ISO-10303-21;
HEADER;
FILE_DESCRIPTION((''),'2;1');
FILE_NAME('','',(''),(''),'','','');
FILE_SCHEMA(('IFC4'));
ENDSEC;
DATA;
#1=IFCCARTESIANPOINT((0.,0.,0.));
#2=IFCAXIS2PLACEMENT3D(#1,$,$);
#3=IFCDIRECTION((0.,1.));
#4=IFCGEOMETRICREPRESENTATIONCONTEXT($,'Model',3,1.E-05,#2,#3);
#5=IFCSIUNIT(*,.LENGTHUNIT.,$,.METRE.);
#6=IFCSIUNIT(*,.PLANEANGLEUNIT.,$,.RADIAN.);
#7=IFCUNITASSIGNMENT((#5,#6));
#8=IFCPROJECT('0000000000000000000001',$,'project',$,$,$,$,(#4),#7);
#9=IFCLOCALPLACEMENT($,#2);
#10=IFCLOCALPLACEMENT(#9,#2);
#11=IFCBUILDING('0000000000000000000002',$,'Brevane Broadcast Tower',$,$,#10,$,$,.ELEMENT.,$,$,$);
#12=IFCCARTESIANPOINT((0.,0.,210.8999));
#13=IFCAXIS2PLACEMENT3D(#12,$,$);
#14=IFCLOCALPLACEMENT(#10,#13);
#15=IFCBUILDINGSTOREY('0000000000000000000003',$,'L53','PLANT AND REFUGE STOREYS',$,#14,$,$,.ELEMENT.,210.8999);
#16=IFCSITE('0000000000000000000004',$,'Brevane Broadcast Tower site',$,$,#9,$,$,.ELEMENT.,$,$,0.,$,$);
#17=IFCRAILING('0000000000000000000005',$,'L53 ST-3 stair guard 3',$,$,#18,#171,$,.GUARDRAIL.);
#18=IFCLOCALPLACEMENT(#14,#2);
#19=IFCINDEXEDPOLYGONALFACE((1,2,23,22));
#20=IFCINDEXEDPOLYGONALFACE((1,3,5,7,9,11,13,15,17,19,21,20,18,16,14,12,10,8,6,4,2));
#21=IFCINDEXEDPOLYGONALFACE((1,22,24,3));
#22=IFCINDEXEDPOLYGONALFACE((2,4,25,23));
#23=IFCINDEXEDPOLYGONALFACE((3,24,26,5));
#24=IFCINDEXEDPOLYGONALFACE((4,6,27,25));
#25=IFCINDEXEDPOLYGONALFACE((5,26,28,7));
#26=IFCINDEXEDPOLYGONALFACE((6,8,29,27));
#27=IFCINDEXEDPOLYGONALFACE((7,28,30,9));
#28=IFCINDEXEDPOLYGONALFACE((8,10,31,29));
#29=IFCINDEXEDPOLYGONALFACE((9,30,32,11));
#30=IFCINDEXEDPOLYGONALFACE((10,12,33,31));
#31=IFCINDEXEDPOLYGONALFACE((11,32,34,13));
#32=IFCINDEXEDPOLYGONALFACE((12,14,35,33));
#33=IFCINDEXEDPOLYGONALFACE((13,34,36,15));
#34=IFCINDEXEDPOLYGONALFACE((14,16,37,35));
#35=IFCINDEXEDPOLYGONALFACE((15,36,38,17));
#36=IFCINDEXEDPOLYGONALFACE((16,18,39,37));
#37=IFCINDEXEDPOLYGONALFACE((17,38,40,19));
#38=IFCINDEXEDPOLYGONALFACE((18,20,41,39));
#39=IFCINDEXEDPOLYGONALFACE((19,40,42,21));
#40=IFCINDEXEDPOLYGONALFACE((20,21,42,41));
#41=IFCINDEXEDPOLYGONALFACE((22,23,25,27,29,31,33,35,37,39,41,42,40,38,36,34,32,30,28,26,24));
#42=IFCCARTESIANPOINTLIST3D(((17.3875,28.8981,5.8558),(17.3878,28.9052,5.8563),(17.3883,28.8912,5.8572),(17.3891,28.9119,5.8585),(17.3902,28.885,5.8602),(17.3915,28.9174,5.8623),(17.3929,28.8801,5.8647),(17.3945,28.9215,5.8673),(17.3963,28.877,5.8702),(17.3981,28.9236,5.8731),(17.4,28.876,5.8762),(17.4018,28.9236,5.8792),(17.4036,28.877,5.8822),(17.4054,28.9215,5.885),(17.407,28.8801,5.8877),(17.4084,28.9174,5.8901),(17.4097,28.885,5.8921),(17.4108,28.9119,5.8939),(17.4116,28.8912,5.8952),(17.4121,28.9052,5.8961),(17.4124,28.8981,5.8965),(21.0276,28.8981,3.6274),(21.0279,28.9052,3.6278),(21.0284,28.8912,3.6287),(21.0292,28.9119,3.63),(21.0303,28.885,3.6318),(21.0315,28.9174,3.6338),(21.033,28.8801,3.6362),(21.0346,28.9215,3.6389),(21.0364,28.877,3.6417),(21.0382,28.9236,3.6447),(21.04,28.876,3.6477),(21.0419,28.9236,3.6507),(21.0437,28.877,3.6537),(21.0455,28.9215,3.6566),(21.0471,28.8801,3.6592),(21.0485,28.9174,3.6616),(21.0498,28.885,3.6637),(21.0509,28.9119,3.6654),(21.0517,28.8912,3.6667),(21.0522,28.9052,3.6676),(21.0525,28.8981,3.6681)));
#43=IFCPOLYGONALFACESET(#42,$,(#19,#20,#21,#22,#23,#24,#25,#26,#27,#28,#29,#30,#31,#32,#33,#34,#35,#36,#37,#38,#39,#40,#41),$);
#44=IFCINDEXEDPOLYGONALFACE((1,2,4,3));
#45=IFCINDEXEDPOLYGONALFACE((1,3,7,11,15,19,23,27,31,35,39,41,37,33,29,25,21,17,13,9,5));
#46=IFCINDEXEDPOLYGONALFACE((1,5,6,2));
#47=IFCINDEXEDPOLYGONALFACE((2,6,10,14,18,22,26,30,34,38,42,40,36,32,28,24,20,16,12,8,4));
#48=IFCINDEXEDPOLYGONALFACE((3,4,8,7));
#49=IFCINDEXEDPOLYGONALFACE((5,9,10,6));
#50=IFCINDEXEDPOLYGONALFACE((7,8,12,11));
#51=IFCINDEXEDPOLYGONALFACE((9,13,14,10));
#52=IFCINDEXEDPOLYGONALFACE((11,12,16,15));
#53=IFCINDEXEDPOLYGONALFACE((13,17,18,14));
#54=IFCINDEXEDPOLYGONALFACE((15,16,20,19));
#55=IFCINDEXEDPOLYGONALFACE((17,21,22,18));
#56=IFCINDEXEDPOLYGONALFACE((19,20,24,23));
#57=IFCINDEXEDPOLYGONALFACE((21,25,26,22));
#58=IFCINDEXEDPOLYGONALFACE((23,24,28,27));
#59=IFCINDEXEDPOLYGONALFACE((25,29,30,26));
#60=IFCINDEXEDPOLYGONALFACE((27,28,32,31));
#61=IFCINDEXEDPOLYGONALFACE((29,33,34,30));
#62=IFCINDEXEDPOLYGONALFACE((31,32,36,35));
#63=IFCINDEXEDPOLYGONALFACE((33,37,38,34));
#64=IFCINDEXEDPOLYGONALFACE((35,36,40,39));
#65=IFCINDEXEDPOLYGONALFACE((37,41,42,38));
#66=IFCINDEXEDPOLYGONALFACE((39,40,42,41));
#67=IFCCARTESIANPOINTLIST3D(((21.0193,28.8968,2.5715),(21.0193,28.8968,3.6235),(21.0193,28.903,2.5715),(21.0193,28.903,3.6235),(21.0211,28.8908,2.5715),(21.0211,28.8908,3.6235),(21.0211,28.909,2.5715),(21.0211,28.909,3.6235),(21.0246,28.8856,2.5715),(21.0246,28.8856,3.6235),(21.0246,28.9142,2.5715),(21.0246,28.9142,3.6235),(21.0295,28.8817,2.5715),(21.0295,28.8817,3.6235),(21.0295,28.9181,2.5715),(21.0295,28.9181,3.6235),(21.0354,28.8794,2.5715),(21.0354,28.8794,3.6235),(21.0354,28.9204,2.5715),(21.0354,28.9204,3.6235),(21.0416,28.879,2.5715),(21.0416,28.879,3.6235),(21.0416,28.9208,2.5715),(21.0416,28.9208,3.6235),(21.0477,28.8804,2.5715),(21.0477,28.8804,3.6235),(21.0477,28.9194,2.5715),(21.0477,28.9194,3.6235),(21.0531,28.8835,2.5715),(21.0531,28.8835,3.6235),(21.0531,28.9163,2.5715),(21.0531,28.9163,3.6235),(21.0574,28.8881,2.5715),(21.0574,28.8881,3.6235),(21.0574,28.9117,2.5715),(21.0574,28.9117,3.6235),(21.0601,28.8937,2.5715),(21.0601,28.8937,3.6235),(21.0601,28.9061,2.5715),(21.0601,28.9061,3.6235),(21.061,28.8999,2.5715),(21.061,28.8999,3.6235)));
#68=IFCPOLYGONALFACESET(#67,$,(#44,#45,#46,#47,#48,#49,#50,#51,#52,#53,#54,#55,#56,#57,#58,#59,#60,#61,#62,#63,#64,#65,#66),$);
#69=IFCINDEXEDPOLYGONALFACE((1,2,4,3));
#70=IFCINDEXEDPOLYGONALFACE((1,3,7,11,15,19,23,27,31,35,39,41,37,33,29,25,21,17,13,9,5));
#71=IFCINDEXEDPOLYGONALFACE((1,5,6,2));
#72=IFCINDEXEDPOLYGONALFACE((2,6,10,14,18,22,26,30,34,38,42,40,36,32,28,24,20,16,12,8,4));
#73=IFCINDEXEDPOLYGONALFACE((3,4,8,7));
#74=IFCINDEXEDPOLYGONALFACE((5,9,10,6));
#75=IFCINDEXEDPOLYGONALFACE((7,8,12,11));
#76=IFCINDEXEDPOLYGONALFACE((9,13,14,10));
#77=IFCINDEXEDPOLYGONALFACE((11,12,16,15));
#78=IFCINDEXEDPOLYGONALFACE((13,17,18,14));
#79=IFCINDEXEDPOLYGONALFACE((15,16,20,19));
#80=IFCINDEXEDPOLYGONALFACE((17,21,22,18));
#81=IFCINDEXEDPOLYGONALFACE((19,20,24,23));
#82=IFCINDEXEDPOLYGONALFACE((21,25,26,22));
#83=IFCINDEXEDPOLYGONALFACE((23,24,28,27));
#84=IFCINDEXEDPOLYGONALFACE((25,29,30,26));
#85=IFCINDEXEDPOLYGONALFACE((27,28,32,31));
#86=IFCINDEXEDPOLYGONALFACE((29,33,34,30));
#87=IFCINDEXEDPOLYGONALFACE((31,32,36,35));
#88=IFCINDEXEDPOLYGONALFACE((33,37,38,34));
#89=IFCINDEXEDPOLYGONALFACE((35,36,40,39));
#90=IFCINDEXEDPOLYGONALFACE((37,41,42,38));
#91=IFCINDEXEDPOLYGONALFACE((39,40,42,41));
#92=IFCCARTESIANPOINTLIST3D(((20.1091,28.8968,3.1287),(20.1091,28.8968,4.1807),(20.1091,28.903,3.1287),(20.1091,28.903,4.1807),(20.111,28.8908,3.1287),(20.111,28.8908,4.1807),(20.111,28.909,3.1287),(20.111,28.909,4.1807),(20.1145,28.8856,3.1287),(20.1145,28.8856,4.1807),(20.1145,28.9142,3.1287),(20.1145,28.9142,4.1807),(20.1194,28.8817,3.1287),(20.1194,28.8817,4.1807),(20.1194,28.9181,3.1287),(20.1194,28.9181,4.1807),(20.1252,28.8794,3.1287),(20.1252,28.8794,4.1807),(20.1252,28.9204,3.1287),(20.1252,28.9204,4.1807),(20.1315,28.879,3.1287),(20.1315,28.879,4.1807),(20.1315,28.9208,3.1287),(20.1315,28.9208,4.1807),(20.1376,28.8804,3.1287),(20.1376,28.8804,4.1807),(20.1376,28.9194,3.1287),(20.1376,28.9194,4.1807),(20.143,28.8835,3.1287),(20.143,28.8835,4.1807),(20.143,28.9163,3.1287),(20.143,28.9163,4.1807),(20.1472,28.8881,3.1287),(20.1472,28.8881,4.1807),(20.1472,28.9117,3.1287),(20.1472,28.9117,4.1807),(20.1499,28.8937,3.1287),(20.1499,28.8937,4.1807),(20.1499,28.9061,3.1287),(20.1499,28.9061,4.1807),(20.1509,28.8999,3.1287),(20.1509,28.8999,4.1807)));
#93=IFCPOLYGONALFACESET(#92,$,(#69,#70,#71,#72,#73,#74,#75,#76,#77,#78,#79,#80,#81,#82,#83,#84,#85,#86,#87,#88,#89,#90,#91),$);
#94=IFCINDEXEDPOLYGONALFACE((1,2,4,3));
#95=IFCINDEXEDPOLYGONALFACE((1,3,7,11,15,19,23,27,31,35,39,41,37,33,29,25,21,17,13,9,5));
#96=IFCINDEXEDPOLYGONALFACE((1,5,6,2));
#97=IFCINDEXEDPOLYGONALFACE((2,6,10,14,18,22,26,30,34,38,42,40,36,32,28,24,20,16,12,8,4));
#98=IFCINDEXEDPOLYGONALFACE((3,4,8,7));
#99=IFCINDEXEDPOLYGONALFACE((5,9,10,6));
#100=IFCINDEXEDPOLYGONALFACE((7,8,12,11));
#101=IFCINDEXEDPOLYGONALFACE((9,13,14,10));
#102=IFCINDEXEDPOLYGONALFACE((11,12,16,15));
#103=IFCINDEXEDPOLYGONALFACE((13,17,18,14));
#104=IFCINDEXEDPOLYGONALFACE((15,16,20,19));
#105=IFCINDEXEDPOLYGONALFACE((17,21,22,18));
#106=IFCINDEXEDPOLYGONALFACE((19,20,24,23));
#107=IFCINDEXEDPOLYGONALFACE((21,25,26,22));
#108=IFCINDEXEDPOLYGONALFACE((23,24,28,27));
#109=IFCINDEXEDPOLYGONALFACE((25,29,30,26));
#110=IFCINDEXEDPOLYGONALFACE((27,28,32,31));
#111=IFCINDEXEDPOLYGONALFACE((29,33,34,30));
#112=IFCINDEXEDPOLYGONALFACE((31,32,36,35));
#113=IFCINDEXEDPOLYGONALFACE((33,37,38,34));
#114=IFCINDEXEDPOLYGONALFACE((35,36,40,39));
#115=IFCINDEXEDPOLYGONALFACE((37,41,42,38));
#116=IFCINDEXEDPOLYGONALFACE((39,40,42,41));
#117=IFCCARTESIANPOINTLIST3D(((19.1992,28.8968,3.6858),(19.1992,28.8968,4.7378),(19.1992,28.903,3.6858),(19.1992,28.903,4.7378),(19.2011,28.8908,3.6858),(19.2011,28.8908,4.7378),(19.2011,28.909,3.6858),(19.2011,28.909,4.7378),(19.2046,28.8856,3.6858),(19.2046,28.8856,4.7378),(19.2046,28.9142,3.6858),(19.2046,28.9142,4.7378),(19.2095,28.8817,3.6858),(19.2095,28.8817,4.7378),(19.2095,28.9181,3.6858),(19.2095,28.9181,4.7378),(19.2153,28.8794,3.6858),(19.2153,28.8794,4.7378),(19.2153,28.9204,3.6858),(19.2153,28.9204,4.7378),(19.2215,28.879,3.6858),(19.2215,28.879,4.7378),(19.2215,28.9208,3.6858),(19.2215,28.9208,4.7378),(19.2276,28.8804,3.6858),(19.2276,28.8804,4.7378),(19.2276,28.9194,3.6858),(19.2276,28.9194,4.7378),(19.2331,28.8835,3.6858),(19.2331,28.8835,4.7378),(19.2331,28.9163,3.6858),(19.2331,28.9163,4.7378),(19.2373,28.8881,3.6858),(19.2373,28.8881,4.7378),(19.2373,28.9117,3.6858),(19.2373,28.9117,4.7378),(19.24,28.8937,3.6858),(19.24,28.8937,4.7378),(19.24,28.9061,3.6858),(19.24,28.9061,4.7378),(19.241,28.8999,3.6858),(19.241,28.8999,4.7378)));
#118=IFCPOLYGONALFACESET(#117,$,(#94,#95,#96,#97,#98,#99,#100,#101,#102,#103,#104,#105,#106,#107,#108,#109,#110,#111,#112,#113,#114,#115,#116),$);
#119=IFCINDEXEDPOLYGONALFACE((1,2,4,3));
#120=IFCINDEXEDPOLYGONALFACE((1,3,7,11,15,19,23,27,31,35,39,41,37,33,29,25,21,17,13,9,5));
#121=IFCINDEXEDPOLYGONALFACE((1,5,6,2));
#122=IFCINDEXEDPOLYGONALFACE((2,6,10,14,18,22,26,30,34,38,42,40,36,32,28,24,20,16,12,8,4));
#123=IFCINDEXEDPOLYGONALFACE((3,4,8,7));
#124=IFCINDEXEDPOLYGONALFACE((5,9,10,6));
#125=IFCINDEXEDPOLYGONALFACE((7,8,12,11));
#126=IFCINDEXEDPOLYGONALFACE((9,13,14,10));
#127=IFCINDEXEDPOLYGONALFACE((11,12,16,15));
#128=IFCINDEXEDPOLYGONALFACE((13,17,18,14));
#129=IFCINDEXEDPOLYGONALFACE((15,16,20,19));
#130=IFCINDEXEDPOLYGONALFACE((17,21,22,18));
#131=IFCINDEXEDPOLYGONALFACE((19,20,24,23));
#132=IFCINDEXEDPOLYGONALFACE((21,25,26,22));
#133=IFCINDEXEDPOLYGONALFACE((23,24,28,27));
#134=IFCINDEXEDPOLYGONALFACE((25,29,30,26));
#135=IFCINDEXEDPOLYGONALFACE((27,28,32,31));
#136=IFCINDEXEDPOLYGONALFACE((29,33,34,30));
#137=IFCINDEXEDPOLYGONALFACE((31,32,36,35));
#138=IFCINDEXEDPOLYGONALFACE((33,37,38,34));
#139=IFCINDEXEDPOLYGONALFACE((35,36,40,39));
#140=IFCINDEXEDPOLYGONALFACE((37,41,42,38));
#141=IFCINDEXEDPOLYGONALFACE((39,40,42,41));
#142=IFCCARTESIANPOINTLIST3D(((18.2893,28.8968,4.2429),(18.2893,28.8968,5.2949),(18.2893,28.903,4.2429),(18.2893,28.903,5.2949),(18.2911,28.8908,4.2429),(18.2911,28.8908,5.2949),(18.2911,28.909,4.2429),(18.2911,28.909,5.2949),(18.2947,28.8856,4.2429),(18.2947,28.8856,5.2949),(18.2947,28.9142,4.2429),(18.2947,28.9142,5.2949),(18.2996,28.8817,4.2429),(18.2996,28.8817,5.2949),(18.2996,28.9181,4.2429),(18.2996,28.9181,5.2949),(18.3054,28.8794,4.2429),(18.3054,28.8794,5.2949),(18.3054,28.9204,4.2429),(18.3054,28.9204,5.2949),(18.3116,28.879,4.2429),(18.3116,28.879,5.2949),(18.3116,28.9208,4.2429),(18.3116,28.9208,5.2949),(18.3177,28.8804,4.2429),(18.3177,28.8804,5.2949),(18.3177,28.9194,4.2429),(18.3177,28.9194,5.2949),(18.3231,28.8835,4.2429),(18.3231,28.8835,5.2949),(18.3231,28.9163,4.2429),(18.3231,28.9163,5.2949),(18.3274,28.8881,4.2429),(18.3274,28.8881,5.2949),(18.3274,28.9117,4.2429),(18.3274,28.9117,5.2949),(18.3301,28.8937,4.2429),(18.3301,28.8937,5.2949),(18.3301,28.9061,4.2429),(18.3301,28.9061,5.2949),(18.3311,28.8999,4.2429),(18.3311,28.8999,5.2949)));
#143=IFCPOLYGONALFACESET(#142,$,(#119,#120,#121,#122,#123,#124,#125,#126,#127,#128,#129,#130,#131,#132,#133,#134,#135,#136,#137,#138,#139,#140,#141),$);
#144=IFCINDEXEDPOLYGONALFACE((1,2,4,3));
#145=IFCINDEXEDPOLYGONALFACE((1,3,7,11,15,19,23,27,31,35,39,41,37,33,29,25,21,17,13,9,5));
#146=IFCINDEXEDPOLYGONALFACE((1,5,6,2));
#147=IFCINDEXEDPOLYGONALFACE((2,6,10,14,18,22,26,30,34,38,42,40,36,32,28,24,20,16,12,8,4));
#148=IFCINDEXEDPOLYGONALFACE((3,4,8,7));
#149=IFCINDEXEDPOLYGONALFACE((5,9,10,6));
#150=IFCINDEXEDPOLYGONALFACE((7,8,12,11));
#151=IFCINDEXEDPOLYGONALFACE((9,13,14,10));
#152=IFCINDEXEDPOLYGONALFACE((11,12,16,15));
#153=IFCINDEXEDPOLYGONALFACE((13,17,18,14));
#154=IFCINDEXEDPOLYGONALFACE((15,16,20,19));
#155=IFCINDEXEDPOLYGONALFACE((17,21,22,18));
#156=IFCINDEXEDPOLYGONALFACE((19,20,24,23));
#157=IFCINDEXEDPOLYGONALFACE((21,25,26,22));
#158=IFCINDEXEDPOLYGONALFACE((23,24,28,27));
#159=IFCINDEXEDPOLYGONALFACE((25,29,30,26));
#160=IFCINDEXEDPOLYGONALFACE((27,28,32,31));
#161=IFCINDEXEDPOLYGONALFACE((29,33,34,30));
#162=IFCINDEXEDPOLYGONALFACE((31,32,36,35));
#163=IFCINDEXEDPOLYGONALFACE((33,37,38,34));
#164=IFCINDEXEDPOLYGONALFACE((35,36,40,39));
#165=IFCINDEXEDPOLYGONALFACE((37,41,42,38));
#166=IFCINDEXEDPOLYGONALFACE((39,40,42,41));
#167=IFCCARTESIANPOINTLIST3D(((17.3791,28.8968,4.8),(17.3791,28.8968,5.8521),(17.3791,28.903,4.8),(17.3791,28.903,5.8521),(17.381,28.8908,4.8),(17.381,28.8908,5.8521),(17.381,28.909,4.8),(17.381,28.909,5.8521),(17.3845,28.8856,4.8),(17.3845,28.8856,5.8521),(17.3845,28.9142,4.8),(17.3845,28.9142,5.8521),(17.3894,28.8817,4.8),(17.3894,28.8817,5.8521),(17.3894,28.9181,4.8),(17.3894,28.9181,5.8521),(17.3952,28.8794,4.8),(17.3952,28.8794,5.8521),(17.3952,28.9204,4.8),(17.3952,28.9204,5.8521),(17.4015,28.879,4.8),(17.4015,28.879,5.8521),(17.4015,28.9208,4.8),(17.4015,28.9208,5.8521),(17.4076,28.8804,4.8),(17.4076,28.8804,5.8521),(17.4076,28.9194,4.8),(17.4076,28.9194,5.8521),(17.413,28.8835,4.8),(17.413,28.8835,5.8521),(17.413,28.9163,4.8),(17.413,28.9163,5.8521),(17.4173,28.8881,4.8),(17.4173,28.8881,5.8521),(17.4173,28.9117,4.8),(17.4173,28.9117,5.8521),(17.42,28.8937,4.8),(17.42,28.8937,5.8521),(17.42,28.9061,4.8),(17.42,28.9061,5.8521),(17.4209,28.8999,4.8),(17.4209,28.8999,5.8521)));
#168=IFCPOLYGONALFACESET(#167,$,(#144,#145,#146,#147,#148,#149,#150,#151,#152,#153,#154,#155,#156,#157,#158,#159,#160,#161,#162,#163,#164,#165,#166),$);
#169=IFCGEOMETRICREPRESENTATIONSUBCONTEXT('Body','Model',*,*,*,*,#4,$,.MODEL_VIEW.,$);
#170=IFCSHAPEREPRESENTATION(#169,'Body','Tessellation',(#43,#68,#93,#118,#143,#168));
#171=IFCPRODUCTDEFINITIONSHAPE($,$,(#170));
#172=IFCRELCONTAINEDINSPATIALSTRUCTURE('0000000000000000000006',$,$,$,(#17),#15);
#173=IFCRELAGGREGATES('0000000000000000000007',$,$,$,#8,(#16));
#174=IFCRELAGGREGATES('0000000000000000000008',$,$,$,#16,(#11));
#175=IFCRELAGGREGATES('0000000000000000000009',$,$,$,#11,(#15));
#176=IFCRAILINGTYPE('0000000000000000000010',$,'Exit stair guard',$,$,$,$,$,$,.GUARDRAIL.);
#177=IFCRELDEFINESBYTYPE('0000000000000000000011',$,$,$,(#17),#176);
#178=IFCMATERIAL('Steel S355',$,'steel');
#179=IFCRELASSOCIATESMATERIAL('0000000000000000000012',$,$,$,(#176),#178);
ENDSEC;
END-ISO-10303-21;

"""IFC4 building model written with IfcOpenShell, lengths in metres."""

from ifc_helpers import new_model, si_unit, direction, frame, origin, origin_2d, place, context, subcontext, project, spatial, circle, extrude, material, type_object, element, save


model = new_model("IFC4")

# Units and contexts
model_context = context("Model", 3, precision=1e-05, world=origin(), true_north=direction((0.0, 1.0)))
body_context = subcontext(model_context, "Body", "Model", "MODEL_VIEW")
ifc_project = project(units=[si_unit("LENGTHUNIT", "METRE"), si_unit("PLANEANGLEUNIT", "RADIAN")], contexts=[model_context])

# Site, building, storey
site_placement = place(None, origin())
site = spatial("IfcSite", under=ifc_project, at=site_placement, Name="Brevane Broadcast Tower site", CompositionType="ELEMENT", RefElevation=0.0)
building_placement = place(site_placement, origin())
building = spatial("IfcBuilding", under=site, at=building_placement, Name="Brevane Broadcast Tower", CompositionType="ELEMENT")
storey_placement = place(building_placement, frame((0.0, 0.0, 210.8999)))
storey = spatial("IfcBuildingStorey", under=building, at=storey_placement, Name="L53", Description="PLANT AND REFUGE STOREYS", CompositionType="ELEMENT", Elevation=210.8999)

# Railing
ifc_material_1 = material(Name="Steel S355", Category="steel")
railing_type_1 = type_object("IfcRailingType", Name="Exit stair guard", PredefinedType="GUARDRAIL", material=ifc_material_1)
railing_1_placement = place(storey_placement, frame((21.04, 28.8999, 2.5715)))
element("IfcRailing", 1, at=railing_1_placement, inside=storey, type_object=railing_type_1, Name="L53 ST-3 stair guard 3", PredefinedType="GUARDRAIL", context=body_context, shape_type="SweptSolid", body=[
    extrude(circle(Radius=0.0239, at=origin_2d()), frame((0.0, 0.0, 1.0762), z_axis=(-0.852866, 0.0, 0.52213), x_axis=(0.0, -1.0, 0.0)), (0.0, 0.0, 1.0), 4.2681),
    extrude(circle(Radius=0.021, at=origin_2d()), origin(), (0.0, 0.0, 1.0), 1.052),
    extrude(circle(Radius=0.021, at=origin_2d()), frame((-0.9102, 0.0, 0.5571)), (0.0, 0.0, 1.0), 1.052),
    extrude(circle(Radius=0.021, at=origin_2d()), frame((-1.8201, 0.0, 1.1143)), (0.0, 0.0, 1.0), 1.052),
    extrude(circle(Radius=0.021, at=origin_2d()), frame((-2.73, 0.0, 1.6714)), (0.0, 0.0, 1.0), 1.052),
    extrude(circle(Radius=0.021, at=origin_2d()), frame((-3.6401, 0.0, 2.2285)), (0.0, 0.0, 1.0), 1.052),
])

save(model, "model.ifc")
